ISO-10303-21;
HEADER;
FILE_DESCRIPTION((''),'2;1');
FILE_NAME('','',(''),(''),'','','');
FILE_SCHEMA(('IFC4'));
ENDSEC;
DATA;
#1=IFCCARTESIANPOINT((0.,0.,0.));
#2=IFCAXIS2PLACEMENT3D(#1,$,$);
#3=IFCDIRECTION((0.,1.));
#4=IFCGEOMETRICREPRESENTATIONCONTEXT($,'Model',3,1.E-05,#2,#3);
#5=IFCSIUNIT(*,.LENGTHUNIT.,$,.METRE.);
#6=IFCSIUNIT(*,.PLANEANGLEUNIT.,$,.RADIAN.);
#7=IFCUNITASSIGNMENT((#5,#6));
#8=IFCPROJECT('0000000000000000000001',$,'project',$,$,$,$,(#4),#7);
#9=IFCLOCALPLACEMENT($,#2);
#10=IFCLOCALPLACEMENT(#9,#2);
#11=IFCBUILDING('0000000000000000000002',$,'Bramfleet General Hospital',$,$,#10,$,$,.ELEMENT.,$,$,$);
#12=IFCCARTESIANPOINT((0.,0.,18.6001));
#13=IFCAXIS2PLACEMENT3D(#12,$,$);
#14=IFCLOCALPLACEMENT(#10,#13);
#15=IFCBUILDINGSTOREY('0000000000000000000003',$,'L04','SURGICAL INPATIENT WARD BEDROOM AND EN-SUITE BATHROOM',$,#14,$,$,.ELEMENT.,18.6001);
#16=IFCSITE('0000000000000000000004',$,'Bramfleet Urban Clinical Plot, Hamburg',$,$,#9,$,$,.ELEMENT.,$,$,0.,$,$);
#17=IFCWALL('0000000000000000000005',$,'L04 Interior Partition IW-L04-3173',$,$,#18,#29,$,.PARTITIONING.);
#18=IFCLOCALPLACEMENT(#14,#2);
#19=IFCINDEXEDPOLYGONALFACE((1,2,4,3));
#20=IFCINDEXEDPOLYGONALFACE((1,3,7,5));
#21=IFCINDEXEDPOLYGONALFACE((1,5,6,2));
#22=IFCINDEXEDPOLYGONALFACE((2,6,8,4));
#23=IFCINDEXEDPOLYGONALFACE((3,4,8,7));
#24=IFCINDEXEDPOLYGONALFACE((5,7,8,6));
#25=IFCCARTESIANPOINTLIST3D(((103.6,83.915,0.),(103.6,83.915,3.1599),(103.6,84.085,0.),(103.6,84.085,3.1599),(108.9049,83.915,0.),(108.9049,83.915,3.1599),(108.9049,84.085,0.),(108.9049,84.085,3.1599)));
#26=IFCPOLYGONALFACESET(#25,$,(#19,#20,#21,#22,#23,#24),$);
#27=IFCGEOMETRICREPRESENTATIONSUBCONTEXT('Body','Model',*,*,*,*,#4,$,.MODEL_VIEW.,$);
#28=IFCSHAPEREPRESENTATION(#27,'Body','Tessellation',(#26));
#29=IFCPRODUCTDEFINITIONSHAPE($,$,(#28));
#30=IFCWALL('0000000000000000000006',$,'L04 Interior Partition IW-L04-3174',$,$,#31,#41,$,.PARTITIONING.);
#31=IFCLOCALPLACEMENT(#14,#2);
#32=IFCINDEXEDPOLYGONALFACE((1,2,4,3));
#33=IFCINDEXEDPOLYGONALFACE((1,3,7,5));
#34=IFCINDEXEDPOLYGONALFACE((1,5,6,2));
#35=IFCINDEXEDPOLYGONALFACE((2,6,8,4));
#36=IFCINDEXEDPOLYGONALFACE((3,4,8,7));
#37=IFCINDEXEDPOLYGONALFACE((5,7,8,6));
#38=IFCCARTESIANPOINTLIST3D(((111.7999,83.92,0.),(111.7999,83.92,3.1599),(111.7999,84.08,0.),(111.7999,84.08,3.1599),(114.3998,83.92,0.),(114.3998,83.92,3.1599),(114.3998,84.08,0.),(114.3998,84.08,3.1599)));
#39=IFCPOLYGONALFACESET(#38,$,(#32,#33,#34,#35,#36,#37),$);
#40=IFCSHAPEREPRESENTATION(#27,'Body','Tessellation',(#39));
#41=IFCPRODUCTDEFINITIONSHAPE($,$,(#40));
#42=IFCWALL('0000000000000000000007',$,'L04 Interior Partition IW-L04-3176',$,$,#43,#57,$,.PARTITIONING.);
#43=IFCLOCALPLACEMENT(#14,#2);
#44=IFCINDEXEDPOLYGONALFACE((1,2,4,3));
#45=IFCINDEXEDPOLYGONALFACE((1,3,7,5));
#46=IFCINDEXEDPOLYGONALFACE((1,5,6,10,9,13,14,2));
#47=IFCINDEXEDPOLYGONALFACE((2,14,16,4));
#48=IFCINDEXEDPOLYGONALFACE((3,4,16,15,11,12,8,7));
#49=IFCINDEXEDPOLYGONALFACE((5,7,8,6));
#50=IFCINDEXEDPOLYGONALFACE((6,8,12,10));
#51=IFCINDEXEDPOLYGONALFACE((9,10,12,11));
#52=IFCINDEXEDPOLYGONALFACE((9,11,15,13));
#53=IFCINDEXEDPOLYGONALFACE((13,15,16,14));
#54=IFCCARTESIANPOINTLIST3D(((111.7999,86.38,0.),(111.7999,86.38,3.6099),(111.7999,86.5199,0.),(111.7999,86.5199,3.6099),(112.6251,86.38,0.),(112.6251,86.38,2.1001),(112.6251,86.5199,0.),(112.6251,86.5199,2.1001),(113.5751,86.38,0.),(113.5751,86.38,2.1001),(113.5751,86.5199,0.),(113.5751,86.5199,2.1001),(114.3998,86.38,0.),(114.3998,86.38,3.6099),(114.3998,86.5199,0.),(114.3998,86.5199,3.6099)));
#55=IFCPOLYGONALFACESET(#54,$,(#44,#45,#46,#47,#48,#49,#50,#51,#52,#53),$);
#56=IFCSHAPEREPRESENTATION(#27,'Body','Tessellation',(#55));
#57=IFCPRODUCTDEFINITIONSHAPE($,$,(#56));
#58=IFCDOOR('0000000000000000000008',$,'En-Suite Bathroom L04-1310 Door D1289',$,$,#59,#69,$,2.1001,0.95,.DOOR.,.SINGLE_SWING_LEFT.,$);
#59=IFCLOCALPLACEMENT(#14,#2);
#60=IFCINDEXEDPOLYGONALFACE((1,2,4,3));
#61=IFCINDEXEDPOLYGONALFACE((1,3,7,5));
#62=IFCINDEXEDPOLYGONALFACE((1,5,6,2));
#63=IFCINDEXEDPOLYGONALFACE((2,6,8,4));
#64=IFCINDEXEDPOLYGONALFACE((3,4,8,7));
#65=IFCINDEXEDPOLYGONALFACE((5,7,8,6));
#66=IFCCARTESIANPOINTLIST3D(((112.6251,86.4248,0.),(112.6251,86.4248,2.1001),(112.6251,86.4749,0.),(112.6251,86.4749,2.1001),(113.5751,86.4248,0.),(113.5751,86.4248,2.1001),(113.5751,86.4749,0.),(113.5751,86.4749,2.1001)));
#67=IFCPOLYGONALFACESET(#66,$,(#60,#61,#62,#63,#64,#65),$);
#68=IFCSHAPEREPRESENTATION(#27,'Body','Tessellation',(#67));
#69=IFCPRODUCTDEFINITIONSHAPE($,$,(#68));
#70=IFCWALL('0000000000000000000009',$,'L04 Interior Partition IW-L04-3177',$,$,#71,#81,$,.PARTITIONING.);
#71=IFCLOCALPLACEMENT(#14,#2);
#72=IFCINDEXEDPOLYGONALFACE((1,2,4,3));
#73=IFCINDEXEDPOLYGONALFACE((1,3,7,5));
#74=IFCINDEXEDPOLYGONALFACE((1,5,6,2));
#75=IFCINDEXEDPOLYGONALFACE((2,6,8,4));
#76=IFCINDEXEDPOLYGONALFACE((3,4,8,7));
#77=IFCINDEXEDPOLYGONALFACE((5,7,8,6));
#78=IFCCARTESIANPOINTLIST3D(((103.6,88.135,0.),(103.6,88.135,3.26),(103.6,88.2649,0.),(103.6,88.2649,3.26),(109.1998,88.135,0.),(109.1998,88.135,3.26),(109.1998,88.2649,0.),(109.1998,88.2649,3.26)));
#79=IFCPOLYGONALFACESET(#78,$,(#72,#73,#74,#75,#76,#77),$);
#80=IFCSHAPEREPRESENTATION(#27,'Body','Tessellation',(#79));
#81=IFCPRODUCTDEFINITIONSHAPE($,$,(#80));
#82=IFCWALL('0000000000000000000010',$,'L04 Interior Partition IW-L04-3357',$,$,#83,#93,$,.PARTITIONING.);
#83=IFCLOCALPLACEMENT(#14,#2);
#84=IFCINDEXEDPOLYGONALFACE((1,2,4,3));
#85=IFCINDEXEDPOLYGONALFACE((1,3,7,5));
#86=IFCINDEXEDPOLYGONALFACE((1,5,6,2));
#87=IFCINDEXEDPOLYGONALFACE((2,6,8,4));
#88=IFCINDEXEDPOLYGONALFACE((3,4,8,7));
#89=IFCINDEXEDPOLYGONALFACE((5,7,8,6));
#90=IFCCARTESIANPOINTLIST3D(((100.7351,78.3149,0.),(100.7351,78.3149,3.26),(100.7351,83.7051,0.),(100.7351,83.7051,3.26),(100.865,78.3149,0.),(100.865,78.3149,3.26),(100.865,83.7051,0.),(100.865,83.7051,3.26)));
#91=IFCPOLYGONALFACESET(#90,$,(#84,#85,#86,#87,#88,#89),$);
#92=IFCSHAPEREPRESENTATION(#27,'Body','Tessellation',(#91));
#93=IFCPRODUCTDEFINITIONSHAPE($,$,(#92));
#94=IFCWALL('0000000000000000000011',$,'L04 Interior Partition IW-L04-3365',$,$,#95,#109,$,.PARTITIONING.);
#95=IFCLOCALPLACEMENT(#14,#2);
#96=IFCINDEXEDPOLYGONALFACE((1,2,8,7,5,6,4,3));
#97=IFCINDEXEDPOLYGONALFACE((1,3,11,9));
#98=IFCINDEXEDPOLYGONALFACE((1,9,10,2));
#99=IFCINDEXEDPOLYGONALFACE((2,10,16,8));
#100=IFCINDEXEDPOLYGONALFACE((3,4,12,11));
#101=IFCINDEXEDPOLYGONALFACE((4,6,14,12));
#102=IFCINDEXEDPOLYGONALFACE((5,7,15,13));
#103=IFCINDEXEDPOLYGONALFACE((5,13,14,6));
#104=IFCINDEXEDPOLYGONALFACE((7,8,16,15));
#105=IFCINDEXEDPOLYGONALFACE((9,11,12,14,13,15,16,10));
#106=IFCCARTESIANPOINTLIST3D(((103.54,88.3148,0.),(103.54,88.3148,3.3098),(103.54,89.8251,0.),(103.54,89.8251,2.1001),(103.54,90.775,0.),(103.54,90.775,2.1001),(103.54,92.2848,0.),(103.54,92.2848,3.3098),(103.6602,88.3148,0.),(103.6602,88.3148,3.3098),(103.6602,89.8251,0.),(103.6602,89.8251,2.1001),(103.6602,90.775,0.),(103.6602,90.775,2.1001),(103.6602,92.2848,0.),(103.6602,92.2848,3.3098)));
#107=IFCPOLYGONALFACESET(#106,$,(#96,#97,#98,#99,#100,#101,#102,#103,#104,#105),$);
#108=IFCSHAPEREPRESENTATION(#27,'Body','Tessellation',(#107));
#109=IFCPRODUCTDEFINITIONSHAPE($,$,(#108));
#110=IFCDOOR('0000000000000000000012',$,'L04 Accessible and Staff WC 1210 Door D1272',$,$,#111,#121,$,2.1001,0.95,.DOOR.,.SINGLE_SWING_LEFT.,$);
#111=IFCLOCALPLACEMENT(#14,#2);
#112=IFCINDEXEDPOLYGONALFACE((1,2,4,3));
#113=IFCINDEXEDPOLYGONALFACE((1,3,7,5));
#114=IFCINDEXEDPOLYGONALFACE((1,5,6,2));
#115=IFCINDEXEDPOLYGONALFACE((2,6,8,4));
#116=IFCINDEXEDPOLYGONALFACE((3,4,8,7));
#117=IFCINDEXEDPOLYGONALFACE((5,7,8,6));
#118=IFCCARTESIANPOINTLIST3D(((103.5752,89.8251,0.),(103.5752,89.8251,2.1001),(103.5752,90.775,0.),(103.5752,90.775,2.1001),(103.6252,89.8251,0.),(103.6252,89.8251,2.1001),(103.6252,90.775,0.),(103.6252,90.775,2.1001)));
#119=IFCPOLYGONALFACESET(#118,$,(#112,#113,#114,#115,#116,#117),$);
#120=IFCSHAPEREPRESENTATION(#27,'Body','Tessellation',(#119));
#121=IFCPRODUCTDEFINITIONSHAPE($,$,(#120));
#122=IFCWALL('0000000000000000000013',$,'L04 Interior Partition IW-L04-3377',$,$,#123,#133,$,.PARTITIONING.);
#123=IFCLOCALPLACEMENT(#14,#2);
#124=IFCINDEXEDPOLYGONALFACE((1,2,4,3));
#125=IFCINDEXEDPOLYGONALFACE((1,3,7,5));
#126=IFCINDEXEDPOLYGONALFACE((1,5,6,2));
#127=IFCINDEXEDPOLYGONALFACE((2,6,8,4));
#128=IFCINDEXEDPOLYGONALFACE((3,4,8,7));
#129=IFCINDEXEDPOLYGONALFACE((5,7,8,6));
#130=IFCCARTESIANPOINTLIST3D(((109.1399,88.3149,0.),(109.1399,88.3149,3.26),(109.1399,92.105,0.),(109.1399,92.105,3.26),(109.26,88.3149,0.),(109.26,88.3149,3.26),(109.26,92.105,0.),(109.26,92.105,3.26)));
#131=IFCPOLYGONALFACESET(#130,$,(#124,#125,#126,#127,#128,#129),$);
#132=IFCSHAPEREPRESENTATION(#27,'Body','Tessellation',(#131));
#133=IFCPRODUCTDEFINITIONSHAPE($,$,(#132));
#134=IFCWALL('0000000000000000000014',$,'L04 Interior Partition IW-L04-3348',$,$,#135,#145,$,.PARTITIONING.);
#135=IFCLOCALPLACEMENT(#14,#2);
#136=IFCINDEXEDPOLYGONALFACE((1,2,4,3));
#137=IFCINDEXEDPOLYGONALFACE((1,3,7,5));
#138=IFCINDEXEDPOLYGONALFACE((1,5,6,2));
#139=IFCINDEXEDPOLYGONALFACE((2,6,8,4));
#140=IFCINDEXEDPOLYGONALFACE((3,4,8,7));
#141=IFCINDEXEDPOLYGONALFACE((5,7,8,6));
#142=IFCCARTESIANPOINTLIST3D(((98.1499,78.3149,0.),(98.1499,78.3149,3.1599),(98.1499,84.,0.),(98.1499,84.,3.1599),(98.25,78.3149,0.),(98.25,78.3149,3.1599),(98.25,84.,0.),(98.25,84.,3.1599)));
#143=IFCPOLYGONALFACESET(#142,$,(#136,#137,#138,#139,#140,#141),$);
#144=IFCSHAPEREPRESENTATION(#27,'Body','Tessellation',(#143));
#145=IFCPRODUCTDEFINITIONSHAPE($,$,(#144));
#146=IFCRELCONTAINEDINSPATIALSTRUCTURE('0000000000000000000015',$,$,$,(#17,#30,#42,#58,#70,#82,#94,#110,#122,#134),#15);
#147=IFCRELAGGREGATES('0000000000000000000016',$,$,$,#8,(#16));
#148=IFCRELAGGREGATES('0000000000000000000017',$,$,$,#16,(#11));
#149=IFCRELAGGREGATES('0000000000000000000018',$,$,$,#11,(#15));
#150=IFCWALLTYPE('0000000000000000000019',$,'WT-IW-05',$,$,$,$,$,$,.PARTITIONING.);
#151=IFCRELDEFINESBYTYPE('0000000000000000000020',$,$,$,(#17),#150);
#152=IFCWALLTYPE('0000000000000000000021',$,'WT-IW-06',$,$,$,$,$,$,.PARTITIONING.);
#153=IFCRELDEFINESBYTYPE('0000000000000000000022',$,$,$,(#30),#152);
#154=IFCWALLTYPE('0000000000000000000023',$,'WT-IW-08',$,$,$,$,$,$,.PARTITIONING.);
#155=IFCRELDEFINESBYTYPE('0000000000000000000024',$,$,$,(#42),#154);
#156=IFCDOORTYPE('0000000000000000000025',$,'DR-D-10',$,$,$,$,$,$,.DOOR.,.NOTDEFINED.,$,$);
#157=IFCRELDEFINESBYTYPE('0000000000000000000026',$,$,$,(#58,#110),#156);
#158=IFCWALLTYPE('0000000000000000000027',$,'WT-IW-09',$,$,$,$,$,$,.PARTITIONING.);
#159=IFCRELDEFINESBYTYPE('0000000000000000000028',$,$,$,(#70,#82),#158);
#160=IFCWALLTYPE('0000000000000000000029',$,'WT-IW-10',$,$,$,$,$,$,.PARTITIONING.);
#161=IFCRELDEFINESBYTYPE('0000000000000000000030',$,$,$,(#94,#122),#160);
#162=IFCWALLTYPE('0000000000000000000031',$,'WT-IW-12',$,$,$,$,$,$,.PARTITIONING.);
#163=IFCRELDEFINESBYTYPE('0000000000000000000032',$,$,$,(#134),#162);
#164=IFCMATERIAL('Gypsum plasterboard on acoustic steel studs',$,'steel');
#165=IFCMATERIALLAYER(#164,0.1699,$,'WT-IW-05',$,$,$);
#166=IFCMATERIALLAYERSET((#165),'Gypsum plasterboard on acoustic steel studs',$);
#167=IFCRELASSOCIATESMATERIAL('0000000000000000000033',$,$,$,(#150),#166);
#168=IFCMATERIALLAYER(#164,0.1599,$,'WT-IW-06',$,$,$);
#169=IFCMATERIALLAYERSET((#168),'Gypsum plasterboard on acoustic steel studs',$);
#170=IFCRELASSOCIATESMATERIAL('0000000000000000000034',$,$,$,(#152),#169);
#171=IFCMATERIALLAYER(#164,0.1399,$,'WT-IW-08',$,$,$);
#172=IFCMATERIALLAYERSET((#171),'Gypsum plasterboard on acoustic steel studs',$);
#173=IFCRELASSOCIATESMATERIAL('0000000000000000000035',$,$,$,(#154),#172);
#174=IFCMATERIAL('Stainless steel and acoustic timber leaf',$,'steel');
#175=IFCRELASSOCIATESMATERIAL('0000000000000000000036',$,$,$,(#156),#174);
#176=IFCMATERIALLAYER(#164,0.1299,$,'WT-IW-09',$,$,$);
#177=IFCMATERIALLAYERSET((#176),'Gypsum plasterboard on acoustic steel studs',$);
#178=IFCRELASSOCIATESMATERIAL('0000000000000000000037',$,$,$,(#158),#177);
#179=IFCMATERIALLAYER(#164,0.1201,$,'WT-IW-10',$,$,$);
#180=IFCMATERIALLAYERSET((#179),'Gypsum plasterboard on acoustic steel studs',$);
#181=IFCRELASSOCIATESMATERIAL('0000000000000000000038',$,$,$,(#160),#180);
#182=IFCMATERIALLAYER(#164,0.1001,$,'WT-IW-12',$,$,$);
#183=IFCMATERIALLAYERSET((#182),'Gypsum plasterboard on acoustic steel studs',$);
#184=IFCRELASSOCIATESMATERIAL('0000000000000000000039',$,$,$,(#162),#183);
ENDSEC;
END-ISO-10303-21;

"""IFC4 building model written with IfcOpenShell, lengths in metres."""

from ifc_helpers import new_model, si_unit, direction, frame, frame_2d, origin, place, context, subcontext, project, spatial, rectangle, extrude, material, layer, layer_set, type_object, element, fill, save


model = new_model("IFC4")

# Units and contexts
model_context = context("Model", 3, precision=1e-05, world=origin(), true_north=direction((0.0, 1.0)))
body_context = subcontext(model_context, "Body", "Model", "MODEL_VIEW")
ifc_project = project(units=[si_unit("LENGTHUNIT", "METRE"), si_unit("PLANEANGLEUNIT", "RADIAN")], contexts=[model_context])

# Site, building, storey
site_placement = place(None, origin())
site = spatial("IfcSite", under=ifc_project, at=site_placement, Name="Bramfleet Urban Clinical Plot, Hamburg", CompositionType="ELEMENT", RefElevation=0.0)
building_placement = place(site_placement, origin())
building = spatial("IfcBuilding", under=site, at=building_placement, Name="Bramfleet General Hospital", CompositionType="ELEMENT")
storey_placement = place(building_placement, frame((0.0, 0.0, 18.6001)))
storey = spatial("IfcBuildingStorey", under=building, at=storey_placement, Name="L04", Description="SURGICAL INPATIENT WARD BEDROOM AND EN-SUITE BATHROOM", CompositionType="ELEMENT", Elevation=18.6001)

# Shared definitions
ifc_material_1 = material(Name="Stainless steel and acoustic timber leaf", Category="steel")

# Walls
ifc_material_2 = material(Name="Gypsum plasterboard on acoustic steel studs", Category="steel")
ifc_layer_1 = layer(ifc_material_2, 0.1699, Name="WT-IW-05")
ifc_layer_set_1 = layer_set([ifc_layer_1], Name="Gypsum plasterboard on acoustic steel studs")
wall_type_1 = type_object("IfcWallType", Name="WT-IW-05", PredefinedType="PARTITIONING", material=ifc_layer_set_1)
wall_1_placement = place(storey_placement, frame((103.6001, 84.0, 0.0), z_axis=(0.0, 0.0, 1.0), x_axis=(1.0, 0.0, 0.0)))
element("IfcWall", 1, at=wall_1_placement, inside=storey, type_object=wall_type_1, Name="L04 Interior Partition IW-L04-3173", PredefinedType="PARTITIONING", context=body_context, shape_type="SweptSolid", body=[
    extrude(rectangle(XDim=5.3049, YDim=0.1699, at=frame_2d((2.6523, 0.0))), origin(), (0.0, 0.0, 1.0), 3.1599),
])
ifc_layer_2 = layer(ifc_material_2, 0.1599, Name="WT-IW-06")
ifc_layer_set_2 = layer_set([ifc_layer_2], Name="Gypsum plasterboard on acoustic steel studs")
wall_type_2 = type_object("IfcWallType", Name="WT-IW-06", PredefinedType="PARTITIONING", material=ifc_layer_set_2)
wall_2_placement = place(storey_placement, frame((111.8, 84.0, 0.0), z_axis=(0.0, 0.0, 1.0), x_axis=(1.0, 0.0, 0.0)))
element("IfcWall", 2, at=wall_2_placement, inside=storey, type_object=wall_type_2, Name="L04 Interior Partition IW-L04-3174", PredefinedType="PARTITIONING", context=body_context, shape_type="SweptSolid", body=[
    extrude(rectangle(XDim=2.5999, YDim=0.1599, at=frame_2d((1.2998, 0.0))), origin(), (0.0, 0.0, 1.0), 3.1599),
])

# Wall, opening, door
ifc_layer_3 = layer(ifc_material_2, 0.1399, Name="WT-IW-08")
ifc_layer_set_3 = layer_set([ifc_layer_3], Name="Gypsum plasterboard on acoustic steel studs")
wall_type_3 = type_object("IfcWallType", Name="WT-IW-08", PredefinedType="PARTITIONING", material=ifc_layer_set_3)
wall_3_placement = place(storey_placement, frame((111.8, 86.45, 0.0), z_axis=(0.0, 0.0, 1.0), x_axis=(1.0, 0.0, 0.0)))
wall_3 = element("IfcWall", 3, at=wall_3_placement, inside=storey, type_object=wall_type_3, Name="L04 Interior Partition IW-L04-3176", PredefinedType="PARTITIONING", context=body_context, shape_type="SweptSolid", body=[
    extrude(rectangle(XDim=2.5999, YDim=0.1399, at=frame_2d((1.2998, 0.0))), origin(), (0.0, 0.0, 1.0), 3.6099),
])
opening_1_placement = place(wall_3_placement, frame((0.825, 0.0, 0.0)))
opening_1 = element("IfcOpeningElement", 4, at=opening_1_placement, cuts=wall_3, PredefinedType="OPENING", context=body_context, shape_type="SweptSolid", body=[
    extrude(rectangle(XDim=0.95, YDim=2.1001, at=frame_2d((0.4751, 1.05))), frame((0.0, 0.0798, 0.0), z_axis=(0.0, -1.0, 0.0), x_axis=(1.0, 0.0, 0.0)), (0.0, 0.0, 1.0), 0.1599),
])
door_type_1 = type_object("IfcDoorType", Name="DR-D-10", OperationType="NOTDEFINED", PredefinedType="DOOR", material=ifc_material_1)
door_1_placement = place(opening_1_placement, origin())
door_1 = element("IfcDoor", 5, at=door_1_placement, inside=storey, type_object=door_type_1, Name="En-Suite Bathroom L04-1310 Door D1289", OperationType="SINGLE_SWING_LEFT", OverallHeight=2.1001, OverallWidth=0.95, PredefinedType="DOOR", context=body_context, shape_type="SweptSolid", body=[
    extrude(rectangle(XDim=0.95, YDim=2.1001, at=frame_2d((0.4751, 1.05))), frame((0.0, 0.0249, 0.0), z_axis=(0.0, -1.0, 0.0), x_axis=(1.0, 0.0, 0.0)), (0.0, 0.0, 1.0), 0.05),
])
fill(opening_1, door_1)

# Walls
ifc_layer_4 = layer(ifc_material_2, 0.1299, Name="WT-IW-09")
ifc_layer_set_4 = layer_set([ifc_layer_4], Name="Gypsum plasterboard on acoustic steel studs")
wall_type_4 = type_object("IfcWallType", Name="WT-IW-09", PredefinedType="PARTITIONING", material=ifc_layer_set_4)
wall_4_placement = place(storey_placement, frame((103.6001, 88.2, 0.0), z_axis=(0.0, 0.0, 1.0), x_axis=(1.0, 0.0, 0.0)))
element("IfcWall", 6, at=wall_4_placement, inside=storey, type_object=wall_type_4, Name="L04 Interior Partition IW-L04-3177", PredefinedType="PARTITIONING", context=body_context, shape_type="SweptSolid", body=[
    extrude(rectangle(XDim=5.5999, YDim=0.1299, at=frame_2d((2.7998, 0.0))), origin(), (0.0, 0.0, 1.0), 3.26),
])
wall_5_placement = place(storey_placement, frame((100.8, 78.3149, 0.0), z_axis=(0.0, 0.0, 1.0), x_axis=(0.0, 1.0, 0.0)))
element("IfcWall", 7, at=wall_5_placement, inside=storey, type_object=wall_type_4, Name="L04 Interior Partition IW-L04-3357", PredefinedType="PARTITIONING", context=body_context, shape_type="SweptSolid", body=[
    extrude(rectangle(XDim=5.3901, YDim=0.1299, at=frame_2d((2.6951, 0.0))), origin(), (0.0, 0.0, 1.0), 3.26),
])

# Wall, opening, door
ifc_layer_5 = layer(ifc_material_2, 0.1201, Name="WT-IW-10")
ifc_layer_set_5 = layer_set([ifc_layer_5], Name="Gypsum plasterboard on acoustic steel studs")
wall_type_5 = type_object("IfcWallType", Name="WT-IW-10", PredefinedType="PARTITIONING", material=ifc_layer_set_5)
wall_6_placement = place(storey_placement, frame((103.6001, 88.3149, 0.0), z_axis=(0.0, 0.0, 1.0), x_axis=(0.0, 1.0, 0.0)))
wall_6 = element("IfcWall", 8, at=wall_6_placement, inside=storey, type_object=wall_type_5, Name="L04 Interior Partition IW-L04-3365", PredefinedType="PARTITIONING", context=body_context, shape_type="SweptSolid", body=[
    extrude(rectangle(XDim=3.97, YDim=0.1201, at=frame_2d((1.9849, 0.0))), origin(), (0.0, 0.0, 1.0), 3.3098),
])
opening_2_placement = place(wall_6_placement, frame((1.51, 0.0, 0.0)))
opening_2 = element("IfcOpeningElement", 9, at=opening_2_placement, cuts=wall_6, PredefinedType="OPENING", context=body_context, shape_type="SweptSolid", body=[
    extrude(rectangle(XDim=0.95, YDim=2.1001, at=frame_2d((0.4751, 1.05))), frame((0.0, 0.0701, 0.0), z_axis=(0.0, -1.0, 0.0), x_axis=(1.0, 0.0, 0.0)), (0.0, 0.0, 1.0), 0.1401),
])
door_2_placement = place(opening_2_placement, origin())
door_2 = element("IfcDoor", 10, at=door_2_placement, inside=storey, type_object=door_type_1, Name="L04 Accessible and Staff WC 1210 Door D1272", OperationType="SINGLE_SWING_LEFT", OverallHeight=2.1001, OverallWidth=0.95, PredefinedType="DOOR", context=body_context, shape_type="SweptSolid", body=[
    extrude(rectangle(XDim=0.95, YDim=2.1001, at=frame_2d((0.4751, 1.05))), frame((0.0, 0.0249, 0.0), z_axis=(0.0, -1.0, 0.0), x_axis=(1.0, 0.0, 0.0)), (0.0, 0.0, 1.0), 0.05),
])
fill(opening_2, door_2)

# Walls
wall_7_placement = place(storey_placement, frame((109.2, 88.3149, 0.0), z_axis=(0.0, 0.0, 1.0), x_axis=(0.0, 1.0, 0.0)))
element("IfcWall", 11, at=wall_7_placement, inside=storey, type_object=wall_type_5, Name="L04 Interior Partition IW-L04-3377", PredefinedType="PARTITIONING", context=body_context, shape_type="SweptSolid", body=[
    extrude(rectangle(XDim=3.79, YDim=0.1201, at=frame_2d((1.895, 0.0))), origin(), (0.0, 0.0, 1.0), 3.26),
])
ifc_layer_6 = layer(ifc_material_2, 0.1001, Name="WT-IW-12")
ifc_layer_set_6 = layer_set([ifc_layer_6], Name="Gypsum plasterboard on acoustic steel studs")
wall_type_6 = type_object("IfcWallType", Name="WT-IW-12", PredefinedType="PARTITIONING", material=ifc_layer_set_6)
wall_8_placement = place(storey_placement, frame((98.2, 78.3149, 0.0), z_axis=(0.0, 0.0, 1.0), x_axis=(0.0, 1.0, 0.0)))
element("IfcWall", 12, at=wall_8_placement, inside=storey, type_object=wall_type_6, Name="L04 Interior Partition IW-L04-3348", PredefinedType="PARTITIONING", context=body_context, shape_type="SweptSolid", body=[
    extrude(rectangle(XDim=5.6851, YDim=0.1001, at=frame_2d((2.8425, 0.0))), origin(), (0.0, 0.0, 1.0), 3.1599),
])

save(model, "model.ifc")
